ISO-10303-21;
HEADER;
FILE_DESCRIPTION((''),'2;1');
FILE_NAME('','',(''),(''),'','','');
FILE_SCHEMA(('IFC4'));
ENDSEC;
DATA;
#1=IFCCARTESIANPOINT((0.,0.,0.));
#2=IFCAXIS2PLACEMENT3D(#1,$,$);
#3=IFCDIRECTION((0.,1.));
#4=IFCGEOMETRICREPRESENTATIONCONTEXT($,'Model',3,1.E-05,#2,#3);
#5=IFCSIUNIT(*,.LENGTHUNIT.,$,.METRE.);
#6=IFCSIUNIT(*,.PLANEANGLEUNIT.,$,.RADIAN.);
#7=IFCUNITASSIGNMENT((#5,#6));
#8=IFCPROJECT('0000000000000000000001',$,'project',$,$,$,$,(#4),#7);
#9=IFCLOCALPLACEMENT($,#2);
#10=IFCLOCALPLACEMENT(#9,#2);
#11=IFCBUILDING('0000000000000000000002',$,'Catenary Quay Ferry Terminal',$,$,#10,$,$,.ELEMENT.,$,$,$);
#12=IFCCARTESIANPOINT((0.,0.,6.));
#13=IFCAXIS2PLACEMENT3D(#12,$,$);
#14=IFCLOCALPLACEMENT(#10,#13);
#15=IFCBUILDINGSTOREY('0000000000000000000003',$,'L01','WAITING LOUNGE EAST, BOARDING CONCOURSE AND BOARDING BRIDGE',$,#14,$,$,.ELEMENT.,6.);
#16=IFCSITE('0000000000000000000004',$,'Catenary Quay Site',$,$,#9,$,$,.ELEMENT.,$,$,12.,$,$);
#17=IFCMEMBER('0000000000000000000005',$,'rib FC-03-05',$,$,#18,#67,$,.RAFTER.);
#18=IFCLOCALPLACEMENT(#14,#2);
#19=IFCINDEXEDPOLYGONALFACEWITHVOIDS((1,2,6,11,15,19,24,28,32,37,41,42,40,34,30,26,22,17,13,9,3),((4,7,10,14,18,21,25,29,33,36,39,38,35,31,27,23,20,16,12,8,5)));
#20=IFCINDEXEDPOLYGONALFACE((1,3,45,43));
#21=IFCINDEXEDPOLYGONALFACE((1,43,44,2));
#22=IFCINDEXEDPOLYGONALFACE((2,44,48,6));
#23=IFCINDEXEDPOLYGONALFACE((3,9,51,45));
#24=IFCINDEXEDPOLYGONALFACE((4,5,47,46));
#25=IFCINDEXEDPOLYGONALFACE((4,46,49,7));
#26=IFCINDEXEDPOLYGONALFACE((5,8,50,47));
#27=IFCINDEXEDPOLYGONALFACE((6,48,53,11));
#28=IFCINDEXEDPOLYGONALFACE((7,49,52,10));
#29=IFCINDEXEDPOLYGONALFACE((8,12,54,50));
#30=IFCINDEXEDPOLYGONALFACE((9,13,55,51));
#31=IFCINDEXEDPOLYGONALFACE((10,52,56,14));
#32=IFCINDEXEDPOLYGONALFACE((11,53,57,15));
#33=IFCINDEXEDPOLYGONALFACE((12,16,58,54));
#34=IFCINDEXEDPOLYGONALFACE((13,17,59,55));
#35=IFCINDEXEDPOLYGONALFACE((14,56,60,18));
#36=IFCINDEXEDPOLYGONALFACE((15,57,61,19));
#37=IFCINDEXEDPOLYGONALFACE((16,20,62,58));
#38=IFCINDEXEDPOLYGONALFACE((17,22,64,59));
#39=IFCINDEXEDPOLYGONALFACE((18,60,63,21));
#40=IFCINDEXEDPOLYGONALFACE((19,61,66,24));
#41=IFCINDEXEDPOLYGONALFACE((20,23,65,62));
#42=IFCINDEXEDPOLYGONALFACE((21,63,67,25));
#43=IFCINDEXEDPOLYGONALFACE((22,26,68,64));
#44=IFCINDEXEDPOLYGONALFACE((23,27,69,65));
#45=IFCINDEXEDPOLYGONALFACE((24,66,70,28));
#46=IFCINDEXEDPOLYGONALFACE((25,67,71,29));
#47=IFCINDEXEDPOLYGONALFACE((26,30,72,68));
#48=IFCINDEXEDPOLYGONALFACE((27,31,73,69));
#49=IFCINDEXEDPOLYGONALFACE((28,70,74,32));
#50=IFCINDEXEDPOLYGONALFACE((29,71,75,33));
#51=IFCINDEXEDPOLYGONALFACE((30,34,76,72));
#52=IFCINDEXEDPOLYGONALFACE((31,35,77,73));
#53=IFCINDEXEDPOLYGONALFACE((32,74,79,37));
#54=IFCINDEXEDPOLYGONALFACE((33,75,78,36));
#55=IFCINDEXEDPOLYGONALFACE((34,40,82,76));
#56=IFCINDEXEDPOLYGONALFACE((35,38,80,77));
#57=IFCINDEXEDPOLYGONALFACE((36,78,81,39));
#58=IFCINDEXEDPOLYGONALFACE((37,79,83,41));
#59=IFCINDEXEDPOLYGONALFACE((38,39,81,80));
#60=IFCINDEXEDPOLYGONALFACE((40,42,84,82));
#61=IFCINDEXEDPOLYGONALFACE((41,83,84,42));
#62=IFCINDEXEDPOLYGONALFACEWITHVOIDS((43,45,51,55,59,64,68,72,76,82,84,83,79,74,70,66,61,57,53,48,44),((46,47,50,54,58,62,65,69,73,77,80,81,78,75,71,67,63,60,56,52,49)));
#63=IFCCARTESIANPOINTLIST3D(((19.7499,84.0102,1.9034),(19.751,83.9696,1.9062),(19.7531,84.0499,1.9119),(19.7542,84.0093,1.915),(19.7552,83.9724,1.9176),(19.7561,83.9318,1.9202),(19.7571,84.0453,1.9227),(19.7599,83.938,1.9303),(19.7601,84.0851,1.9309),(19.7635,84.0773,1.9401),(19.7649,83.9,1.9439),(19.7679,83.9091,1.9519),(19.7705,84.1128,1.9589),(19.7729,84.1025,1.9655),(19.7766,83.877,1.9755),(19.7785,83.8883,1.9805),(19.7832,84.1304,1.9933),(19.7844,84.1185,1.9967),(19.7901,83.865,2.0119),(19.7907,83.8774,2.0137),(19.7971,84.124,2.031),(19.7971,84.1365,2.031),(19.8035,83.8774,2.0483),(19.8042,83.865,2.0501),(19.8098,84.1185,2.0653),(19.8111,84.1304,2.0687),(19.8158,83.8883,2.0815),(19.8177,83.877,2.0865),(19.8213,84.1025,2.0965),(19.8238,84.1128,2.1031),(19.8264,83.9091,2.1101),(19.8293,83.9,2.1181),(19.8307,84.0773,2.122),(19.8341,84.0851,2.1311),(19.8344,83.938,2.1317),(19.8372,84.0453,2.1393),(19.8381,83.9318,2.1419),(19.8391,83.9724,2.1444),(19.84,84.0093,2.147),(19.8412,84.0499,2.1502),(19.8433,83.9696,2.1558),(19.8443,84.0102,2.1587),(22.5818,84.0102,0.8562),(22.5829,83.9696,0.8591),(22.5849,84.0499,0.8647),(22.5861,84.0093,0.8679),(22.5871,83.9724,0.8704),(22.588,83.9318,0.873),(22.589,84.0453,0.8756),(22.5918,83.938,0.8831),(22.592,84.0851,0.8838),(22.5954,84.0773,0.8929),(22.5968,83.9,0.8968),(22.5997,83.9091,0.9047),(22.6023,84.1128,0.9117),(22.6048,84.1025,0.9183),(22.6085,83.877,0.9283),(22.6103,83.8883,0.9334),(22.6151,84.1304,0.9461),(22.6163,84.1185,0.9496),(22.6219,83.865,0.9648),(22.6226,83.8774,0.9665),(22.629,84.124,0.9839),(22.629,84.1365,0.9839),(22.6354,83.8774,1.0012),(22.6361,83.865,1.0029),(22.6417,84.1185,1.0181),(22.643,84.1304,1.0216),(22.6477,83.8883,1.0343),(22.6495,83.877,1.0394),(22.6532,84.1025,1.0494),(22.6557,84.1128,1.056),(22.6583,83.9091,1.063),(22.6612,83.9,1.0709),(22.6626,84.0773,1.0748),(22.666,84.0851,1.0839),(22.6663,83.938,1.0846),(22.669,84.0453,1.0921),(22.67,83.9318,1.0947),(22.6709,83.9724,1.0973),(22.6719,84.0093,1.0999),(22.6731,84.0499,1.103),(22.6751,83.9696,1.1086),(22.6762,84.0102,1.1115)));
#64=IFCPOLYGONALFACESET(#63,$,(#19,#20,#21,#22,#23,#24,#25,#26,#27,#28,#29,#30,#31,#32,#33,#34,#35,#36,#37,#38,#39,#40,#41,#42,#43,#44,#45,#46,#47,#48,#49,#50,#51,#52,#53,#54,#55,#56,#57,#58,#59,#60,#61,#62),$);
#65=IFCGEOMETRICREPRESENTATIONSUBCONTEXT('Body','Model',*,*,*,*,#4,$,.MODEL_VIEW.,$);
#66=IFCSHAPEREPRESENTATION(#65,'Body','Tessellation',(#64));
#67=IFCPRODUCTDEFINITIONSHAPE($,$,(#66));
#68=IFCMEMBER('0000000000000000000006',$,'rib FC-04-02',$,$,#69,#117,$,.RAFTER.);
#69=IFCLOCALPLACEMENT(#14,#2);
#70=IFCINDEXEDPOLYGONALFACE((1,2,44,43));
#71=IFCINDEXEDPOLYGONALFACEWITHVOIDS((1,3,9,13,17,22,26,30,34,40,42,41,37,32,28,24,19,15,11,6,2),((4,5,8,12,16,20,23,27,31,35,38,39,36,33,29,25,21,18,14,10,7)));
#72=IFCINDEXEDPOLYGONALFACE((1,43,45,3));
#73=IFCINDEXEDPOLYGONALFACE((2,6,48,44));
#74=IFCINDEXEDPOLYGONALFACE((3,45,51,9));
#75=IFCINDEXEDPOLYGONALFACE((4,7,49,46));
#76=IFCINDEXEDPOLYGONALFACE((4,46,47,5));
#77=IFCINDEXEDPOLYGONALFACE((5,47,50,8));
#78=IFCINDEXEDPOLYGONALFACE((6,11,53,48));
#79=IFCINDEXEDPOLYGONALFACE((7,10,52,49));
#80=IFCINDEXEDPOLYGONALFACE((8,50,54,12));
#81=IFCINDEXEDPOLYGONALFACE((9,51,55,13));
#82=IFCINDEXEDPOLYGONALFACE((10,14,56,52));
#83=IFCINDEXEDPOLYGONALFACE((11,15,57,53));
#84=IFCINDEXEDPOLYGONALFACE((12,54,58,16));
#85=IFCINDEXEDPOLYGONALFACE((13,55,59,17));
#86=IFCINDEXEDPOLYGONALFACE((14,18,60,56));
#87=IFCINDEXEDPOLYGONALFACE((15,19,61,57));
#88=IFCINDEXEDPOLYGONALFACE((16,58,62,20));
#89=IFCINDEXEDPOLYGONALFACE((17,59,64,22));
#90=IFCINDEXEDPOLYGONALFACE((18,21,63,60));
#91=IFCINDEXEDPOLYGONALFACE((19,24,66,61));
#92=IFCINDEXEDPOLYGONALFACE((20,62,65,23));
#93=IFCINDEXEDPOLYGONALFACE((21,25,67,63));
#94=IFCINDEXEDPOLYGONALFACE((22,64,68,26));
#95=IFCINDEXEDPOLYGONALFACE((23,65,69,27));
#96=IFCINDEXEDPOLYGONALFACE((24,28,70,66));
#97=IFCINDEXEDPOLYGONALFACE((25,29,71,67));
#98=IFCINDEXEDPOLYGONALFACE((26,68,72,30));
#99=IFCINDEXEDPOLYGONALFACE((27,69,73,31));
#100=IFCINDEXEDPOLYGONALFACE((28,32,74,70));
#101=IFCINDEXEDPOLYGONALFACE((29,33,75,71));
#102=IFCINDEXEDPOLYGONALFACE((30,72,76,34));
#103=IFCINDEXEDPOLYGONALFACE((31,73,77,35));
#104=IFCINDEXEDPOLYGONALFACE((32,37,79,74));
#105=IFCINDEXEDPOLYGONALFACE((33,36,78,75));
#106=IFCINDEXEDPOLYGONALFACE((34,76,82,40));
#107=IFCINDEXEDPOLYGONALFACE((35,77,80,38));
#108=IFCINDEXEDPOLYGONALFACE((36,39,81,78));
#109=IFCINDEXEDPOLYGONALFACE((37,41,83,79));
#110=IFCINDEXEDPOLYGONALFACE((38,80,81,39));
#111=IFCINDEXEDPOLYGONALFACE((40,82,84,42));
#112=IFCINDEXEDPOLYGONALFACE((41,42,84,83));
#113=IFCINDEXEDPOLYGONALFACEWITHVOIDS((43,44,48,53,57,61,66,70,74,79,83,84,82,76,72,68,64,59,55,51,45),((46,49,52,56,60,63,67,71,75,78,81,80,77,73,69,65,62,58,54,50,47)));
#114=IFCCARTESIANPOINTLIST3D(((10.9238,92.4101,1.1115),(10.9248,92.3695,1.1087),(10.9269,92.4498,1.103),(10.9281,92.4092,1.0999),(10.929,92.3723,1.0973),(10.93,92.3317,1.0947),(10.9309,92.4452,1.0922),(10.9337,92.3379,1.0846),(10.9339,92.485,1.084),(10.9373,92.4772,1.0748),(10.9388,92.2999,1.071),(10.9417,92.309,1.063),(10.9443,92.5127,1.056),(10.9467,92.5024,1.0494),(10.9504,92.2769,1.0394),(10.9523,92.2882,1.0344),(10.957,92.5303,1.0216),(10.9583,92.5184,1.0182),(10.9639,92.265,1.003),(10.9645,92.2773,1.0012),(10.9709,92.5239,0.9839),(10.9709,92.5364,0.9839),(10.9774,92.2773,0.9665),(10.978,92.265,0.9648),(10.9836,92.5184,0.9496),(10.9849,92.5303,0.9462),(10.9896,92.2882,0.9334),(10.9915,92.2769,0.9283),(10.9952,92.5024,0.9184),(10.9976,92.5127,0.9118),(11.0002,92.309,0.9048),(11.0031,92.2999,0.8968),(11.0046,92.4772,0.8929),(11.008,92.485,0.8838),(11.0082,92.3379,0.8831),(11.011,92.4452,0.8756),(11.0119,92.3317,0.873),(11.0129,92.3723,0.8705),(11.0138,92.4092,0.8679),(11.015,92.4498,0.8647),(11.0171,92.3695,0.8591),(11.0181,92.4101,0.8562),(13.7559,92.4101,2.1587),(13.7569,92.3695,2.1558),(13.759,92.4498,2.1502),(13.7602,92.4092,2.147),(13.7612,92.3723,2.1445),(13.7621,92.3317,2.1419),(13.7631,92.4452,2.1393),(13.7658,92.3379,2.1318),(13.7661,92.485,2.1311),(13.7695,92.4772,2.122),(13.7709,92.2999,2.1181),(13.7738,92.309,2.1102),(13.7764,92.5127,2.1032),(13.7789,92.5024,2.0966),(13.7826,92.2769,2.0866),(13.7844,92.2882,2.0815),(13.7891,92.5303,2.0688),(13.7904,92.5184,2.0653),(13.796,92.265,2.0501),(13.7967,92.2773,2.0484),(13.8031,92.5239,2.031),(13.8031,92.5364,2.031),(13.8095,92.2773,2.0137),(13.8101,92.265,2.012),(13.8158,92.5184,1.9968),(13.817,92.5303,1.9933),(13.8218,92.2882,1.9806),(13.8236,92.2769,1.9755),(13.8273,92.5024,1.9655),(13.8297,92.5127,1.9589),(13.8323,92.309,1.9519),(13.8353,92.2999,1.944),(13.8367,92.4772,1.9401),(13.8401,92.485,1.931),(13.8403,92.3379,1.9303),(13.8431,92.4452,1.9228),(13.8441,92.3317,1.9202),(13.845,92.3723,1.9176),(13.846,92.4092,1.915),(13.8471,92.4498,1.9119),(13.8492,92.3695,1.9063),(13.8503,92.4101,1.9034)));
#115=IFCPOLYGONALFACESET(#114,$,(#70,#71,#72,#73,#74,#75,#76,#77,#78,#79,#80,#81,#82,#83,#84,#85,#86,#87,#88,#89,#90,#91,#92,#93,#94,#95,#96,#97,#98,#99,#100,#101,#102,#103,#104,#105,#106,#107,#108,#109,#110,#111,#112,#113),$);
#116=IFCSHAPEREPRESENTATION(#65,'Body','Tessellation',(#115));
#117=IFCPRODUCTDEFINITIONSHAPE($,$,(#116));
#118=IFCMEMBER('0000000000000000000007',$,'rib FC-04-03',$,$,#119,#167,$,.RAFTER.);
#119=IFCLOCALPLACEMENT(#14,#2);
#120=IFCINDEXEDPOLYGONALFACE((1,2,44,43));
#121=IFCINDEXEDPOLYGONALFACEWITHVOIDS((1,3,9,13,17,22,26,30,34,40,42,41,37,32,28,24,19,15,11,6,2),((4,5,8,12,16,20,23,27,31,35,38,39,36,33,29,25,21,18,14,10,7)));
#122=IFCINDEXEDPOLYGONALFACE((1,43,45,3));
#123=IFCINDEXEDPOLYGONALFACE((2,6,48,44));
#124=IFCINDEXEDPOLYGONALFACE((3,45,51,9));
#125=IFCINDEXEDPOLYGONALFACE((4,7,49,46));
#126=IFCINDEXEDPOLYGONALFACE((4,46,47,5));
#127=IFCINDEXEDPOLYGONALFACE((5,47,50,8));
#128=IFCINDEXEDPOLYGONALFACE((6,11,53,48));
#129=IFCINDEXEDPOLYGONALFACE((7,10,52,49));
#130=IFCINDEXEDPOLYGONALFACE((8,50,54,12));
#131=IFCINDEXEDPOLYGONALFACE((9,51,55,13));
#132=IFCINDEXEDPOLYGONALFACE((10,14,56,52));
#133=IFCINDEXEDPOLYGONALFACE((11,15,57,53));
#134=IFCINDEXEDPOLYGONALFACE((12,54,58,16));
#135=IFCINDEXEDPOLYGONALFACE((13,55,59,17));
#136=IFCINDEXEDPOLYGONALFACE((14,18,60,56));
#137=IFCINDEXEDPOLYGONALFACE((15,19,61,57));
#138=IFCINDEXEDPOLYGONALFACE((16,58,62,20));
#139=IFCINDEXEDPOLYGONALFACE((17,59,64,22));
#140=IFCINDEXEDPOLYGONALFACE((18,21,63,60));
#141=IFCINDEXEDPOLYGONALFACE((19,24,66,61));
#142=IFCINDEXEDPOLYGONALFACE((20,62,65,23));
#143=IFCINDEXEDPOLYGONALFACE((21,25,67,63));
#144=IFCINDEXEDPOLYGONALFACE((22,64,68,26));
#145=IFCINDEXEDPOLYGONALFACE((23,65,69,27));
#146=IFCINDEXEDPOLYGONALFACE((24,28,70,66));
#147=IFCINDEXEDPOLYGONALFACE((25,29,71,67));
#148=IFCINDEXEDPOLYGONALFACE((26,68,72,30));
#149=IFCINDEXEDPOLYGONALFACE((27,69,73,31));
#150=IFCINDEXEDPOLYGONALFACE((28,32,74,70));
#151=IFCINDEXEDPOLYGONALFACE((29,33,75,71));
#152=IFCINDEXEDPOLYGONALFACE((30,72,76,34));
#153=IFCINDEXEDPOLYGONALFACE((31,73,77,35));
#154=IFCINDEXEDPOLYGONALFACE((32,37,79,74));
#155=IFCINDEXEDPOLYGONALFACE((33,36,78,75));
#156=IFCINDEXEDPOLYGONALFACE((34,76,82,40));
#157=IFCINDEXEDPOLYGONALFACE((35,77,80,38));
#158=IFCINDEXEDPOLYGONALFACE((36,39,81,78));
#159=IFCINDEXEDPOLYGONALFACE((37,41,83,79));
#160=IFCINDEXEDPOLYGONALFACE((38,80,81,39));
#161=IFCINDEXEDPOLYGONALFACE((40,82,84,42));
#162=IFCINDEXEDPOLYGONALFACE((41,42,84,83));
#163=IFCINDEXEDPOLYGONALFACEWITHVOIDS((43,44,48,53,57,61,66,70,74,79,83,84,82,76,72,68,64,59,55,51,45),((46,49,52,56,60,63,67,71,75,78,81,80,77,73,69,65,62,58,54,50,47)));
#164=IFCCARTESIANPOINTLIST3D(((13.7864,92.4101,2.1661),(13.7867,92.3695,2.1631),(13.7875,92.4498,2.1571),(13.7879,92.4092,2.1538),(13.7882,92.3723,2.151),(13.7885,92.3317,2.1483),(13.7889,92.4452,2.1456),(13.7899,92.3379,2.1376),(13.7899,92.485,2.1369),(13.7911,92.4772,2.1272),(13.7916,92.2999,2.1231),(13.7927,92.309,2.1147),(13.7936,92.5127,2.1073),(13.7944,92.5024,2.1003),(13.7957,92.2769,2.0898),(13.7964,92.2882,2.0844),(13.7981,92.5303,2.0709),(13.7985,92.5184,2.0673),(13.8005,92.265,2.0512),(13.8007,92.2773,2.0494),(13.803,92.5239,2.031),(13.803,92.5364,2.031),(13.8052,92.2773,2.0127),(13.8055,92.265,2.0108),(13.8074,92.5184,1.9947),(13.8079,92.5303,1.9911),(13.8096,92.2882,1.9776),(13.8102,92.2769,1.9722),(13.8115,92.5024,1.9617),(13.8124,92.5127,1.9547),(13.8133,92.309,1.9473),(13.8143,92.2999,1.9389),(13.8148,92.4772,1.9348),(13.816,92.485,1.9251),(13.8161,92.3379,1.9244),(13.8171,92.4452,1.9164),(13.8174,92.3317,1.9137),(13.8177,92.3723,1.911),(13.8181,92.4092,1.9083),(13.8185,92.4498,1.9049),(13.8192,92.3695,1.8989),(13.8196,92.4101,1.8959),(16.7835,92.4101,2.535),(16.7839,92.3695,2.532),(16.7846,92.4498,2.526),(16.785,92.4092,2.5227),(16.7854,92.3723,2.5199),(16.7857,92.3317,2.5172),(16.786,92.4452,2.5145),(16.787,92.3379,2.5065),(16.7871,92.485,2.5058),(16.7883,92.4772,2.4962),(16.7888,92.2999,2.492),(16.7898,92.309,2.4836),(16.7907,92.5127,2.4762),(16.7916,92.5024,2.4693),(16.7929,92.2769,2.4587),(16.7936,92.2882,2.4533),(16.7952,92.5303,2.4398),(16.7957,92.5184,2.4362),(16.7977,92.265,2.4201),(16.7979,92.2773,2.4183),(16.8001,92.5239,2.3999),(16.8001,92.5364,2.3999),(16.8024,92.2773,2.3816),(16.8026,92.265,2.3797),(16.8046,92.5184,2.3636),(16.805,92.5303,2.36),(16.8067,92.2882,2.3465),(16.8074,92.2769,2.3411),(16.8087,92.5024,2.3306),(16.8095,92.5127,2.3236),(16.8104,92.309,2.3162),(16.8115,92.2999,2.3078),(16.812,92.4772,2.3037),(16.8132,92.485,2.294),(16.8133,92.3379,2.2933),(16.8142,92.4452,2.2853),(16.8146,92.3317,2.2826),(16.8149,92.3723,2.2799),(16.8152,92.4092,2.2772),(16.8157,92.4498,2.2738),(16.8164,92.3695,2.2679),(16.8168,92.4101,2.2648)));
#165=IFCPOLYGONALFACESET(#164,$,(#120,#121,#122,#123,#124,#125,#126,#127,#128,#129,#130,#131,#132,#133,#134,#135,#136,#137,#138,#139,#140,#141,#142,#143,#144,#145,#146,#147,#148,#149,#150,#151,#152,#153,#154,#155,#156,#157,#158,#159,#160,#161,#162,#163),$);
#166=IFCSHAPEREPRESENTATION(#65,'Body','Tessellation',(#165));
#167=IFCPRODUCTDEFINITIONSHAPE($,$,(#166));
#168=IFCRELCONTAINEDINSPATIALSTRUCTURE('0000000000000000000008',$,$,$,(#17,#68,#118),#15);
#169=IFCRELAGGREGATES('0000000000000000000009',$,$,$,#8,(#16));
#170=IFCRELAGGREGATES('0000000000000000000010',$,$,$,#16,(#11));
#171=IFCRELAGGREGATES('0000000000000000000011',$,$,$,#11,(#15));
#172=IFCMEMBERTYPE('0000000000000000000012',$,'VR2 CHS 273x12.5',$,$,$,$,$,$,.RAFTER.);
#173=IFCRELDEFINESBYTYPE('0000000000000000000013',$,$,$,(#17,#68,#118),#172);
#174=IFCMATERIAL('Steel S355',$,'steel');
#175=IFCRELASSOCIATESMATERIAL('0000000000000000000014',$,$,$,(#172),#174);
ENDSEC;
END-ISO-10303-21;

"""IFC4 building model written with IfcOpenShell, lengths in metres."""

from ifc_helpers import new_model, si_unit, direction, frame, origin, origin_2d, place, context, subcontext, project, spatial, hollow_circle, extrude, material, material_profile, profile_set, type_object, element, save


model = new_model("IFC4")

# Units and contexts
model_context = context("Model", 3, precision=1e-05, world=origin(), true_north=direction((0.0, 1.0)))
body_context = subcontext(model_context, "Body", "Model", "MODEL_VIEW")
ifc_project = project(units=[si_unit("LENGTHUNIT", "METRE"), si_unit("PLANEANGLEUNIT", "RADIAN")], contexts=[model_context])

# Site, building, storey
site_placement = place(None, origin())
site = spatial("IfcSite", under=ifc_project, at=site_placement, Name="Catenary Quay Site", CompositionType="ELEMENT", RefElevation=12.0)
building_placement = place(site_placement, origin())
building = spatial("IfcBuilding", under=site, at=building_placement, Name="Catenary Quay Ferry Terminal", CompositionType="ELEMENT")
storey_placement = place(building_placement, frame((0.0, 0.0, 6.0)))
storey = spatial("IfcBuildingStorey", under=building, at=storey_placement, Name="L01", Description="WAITING LOUNGE EAST, BOARDING CONCOURSE AND BOARDING BRIDGE", CompositionType="ELEMENT", Elevation=6.0)

# Members
ifc_material_1 = material(Name="Steel S355", Category="steel")
ifc_material_profile_1 = material_profile(ifc_material_1, hollow_circle(Radius=0.1365, WallThickness=0.0125, at=origin_2d()), Name="CHS 273x12.5")
ifc_profile_set_1 = profile_set([ifc_material_profile_1], Name="Steel S355")
member_type_1 = type_object("IfcMemberType", Name="VR2 CHS 273x12.5", PredefinedType="RAFTER", material=ifc_profile_set_1)
member_1_placement = place(storey_placement, frame((19.7971, 84.0, 2.031), z_axis=(0.937931, 0.0, -0.346822), x_axis=(0.0, 1.0, 0.0)))
element("IfcMember", 1, at=member_1_placement, inside=storey, type_object=member_type_1, Name="rib FC-03-05", PredefinedType="RAFTER", context=body_context, shape_type="SweptSolid", body=[
    extrude(hollow_circle(Radius=0.1365, WallThickness=0.0125, at=origin_2d()), origin(), (0.0, 0.0, 1.0), 3.0193),
])
member_2_placement = place(storey_placement, frame((10.9709, 92.3999, 0.9839), z_axis=(0.937941, 0.0, 0.346796), x_axis=(0.0, 1.0, 0.0)))
element("IfcMember", 2, at=member_2_placement, inside=storey, type_object=member_type_1, Name="rib FC-04-02", PredefinedType="RAFTER", context=body_context, shape_type="SweptSolid", body=[
    extrude(hollow_circle(Radius=0.1365, WallThickness=0.0125, at=origin_2d()), origin(), (0.0, 0.0, 1.0), 3.0195),
])
for number, where, z_axis, x_axis, name in (
    (3, (13.803, 92.3999, 2.031), (0.99251, 0.0, 0.122164), (0.0, 1.0, 0.0), "rib FC-04-03"),
):
    element("IfcMember", number, at=place(storey_placement, frame(where, z_axis=z_axis, x_axis=x_axis)), inside=storey, type_object=member_type_1, Name=name, PredefinedType="RAFTER", context=body_context, shape_type="SweptSolid", body=[
        extrude(hollow_circle(Radius=0.1365, WallThickness=0.0125, at=origin_2d()), origin(), (0.0, 0.0, 1.0), 3.0198),
    ])

save(model, "model.ifc")
